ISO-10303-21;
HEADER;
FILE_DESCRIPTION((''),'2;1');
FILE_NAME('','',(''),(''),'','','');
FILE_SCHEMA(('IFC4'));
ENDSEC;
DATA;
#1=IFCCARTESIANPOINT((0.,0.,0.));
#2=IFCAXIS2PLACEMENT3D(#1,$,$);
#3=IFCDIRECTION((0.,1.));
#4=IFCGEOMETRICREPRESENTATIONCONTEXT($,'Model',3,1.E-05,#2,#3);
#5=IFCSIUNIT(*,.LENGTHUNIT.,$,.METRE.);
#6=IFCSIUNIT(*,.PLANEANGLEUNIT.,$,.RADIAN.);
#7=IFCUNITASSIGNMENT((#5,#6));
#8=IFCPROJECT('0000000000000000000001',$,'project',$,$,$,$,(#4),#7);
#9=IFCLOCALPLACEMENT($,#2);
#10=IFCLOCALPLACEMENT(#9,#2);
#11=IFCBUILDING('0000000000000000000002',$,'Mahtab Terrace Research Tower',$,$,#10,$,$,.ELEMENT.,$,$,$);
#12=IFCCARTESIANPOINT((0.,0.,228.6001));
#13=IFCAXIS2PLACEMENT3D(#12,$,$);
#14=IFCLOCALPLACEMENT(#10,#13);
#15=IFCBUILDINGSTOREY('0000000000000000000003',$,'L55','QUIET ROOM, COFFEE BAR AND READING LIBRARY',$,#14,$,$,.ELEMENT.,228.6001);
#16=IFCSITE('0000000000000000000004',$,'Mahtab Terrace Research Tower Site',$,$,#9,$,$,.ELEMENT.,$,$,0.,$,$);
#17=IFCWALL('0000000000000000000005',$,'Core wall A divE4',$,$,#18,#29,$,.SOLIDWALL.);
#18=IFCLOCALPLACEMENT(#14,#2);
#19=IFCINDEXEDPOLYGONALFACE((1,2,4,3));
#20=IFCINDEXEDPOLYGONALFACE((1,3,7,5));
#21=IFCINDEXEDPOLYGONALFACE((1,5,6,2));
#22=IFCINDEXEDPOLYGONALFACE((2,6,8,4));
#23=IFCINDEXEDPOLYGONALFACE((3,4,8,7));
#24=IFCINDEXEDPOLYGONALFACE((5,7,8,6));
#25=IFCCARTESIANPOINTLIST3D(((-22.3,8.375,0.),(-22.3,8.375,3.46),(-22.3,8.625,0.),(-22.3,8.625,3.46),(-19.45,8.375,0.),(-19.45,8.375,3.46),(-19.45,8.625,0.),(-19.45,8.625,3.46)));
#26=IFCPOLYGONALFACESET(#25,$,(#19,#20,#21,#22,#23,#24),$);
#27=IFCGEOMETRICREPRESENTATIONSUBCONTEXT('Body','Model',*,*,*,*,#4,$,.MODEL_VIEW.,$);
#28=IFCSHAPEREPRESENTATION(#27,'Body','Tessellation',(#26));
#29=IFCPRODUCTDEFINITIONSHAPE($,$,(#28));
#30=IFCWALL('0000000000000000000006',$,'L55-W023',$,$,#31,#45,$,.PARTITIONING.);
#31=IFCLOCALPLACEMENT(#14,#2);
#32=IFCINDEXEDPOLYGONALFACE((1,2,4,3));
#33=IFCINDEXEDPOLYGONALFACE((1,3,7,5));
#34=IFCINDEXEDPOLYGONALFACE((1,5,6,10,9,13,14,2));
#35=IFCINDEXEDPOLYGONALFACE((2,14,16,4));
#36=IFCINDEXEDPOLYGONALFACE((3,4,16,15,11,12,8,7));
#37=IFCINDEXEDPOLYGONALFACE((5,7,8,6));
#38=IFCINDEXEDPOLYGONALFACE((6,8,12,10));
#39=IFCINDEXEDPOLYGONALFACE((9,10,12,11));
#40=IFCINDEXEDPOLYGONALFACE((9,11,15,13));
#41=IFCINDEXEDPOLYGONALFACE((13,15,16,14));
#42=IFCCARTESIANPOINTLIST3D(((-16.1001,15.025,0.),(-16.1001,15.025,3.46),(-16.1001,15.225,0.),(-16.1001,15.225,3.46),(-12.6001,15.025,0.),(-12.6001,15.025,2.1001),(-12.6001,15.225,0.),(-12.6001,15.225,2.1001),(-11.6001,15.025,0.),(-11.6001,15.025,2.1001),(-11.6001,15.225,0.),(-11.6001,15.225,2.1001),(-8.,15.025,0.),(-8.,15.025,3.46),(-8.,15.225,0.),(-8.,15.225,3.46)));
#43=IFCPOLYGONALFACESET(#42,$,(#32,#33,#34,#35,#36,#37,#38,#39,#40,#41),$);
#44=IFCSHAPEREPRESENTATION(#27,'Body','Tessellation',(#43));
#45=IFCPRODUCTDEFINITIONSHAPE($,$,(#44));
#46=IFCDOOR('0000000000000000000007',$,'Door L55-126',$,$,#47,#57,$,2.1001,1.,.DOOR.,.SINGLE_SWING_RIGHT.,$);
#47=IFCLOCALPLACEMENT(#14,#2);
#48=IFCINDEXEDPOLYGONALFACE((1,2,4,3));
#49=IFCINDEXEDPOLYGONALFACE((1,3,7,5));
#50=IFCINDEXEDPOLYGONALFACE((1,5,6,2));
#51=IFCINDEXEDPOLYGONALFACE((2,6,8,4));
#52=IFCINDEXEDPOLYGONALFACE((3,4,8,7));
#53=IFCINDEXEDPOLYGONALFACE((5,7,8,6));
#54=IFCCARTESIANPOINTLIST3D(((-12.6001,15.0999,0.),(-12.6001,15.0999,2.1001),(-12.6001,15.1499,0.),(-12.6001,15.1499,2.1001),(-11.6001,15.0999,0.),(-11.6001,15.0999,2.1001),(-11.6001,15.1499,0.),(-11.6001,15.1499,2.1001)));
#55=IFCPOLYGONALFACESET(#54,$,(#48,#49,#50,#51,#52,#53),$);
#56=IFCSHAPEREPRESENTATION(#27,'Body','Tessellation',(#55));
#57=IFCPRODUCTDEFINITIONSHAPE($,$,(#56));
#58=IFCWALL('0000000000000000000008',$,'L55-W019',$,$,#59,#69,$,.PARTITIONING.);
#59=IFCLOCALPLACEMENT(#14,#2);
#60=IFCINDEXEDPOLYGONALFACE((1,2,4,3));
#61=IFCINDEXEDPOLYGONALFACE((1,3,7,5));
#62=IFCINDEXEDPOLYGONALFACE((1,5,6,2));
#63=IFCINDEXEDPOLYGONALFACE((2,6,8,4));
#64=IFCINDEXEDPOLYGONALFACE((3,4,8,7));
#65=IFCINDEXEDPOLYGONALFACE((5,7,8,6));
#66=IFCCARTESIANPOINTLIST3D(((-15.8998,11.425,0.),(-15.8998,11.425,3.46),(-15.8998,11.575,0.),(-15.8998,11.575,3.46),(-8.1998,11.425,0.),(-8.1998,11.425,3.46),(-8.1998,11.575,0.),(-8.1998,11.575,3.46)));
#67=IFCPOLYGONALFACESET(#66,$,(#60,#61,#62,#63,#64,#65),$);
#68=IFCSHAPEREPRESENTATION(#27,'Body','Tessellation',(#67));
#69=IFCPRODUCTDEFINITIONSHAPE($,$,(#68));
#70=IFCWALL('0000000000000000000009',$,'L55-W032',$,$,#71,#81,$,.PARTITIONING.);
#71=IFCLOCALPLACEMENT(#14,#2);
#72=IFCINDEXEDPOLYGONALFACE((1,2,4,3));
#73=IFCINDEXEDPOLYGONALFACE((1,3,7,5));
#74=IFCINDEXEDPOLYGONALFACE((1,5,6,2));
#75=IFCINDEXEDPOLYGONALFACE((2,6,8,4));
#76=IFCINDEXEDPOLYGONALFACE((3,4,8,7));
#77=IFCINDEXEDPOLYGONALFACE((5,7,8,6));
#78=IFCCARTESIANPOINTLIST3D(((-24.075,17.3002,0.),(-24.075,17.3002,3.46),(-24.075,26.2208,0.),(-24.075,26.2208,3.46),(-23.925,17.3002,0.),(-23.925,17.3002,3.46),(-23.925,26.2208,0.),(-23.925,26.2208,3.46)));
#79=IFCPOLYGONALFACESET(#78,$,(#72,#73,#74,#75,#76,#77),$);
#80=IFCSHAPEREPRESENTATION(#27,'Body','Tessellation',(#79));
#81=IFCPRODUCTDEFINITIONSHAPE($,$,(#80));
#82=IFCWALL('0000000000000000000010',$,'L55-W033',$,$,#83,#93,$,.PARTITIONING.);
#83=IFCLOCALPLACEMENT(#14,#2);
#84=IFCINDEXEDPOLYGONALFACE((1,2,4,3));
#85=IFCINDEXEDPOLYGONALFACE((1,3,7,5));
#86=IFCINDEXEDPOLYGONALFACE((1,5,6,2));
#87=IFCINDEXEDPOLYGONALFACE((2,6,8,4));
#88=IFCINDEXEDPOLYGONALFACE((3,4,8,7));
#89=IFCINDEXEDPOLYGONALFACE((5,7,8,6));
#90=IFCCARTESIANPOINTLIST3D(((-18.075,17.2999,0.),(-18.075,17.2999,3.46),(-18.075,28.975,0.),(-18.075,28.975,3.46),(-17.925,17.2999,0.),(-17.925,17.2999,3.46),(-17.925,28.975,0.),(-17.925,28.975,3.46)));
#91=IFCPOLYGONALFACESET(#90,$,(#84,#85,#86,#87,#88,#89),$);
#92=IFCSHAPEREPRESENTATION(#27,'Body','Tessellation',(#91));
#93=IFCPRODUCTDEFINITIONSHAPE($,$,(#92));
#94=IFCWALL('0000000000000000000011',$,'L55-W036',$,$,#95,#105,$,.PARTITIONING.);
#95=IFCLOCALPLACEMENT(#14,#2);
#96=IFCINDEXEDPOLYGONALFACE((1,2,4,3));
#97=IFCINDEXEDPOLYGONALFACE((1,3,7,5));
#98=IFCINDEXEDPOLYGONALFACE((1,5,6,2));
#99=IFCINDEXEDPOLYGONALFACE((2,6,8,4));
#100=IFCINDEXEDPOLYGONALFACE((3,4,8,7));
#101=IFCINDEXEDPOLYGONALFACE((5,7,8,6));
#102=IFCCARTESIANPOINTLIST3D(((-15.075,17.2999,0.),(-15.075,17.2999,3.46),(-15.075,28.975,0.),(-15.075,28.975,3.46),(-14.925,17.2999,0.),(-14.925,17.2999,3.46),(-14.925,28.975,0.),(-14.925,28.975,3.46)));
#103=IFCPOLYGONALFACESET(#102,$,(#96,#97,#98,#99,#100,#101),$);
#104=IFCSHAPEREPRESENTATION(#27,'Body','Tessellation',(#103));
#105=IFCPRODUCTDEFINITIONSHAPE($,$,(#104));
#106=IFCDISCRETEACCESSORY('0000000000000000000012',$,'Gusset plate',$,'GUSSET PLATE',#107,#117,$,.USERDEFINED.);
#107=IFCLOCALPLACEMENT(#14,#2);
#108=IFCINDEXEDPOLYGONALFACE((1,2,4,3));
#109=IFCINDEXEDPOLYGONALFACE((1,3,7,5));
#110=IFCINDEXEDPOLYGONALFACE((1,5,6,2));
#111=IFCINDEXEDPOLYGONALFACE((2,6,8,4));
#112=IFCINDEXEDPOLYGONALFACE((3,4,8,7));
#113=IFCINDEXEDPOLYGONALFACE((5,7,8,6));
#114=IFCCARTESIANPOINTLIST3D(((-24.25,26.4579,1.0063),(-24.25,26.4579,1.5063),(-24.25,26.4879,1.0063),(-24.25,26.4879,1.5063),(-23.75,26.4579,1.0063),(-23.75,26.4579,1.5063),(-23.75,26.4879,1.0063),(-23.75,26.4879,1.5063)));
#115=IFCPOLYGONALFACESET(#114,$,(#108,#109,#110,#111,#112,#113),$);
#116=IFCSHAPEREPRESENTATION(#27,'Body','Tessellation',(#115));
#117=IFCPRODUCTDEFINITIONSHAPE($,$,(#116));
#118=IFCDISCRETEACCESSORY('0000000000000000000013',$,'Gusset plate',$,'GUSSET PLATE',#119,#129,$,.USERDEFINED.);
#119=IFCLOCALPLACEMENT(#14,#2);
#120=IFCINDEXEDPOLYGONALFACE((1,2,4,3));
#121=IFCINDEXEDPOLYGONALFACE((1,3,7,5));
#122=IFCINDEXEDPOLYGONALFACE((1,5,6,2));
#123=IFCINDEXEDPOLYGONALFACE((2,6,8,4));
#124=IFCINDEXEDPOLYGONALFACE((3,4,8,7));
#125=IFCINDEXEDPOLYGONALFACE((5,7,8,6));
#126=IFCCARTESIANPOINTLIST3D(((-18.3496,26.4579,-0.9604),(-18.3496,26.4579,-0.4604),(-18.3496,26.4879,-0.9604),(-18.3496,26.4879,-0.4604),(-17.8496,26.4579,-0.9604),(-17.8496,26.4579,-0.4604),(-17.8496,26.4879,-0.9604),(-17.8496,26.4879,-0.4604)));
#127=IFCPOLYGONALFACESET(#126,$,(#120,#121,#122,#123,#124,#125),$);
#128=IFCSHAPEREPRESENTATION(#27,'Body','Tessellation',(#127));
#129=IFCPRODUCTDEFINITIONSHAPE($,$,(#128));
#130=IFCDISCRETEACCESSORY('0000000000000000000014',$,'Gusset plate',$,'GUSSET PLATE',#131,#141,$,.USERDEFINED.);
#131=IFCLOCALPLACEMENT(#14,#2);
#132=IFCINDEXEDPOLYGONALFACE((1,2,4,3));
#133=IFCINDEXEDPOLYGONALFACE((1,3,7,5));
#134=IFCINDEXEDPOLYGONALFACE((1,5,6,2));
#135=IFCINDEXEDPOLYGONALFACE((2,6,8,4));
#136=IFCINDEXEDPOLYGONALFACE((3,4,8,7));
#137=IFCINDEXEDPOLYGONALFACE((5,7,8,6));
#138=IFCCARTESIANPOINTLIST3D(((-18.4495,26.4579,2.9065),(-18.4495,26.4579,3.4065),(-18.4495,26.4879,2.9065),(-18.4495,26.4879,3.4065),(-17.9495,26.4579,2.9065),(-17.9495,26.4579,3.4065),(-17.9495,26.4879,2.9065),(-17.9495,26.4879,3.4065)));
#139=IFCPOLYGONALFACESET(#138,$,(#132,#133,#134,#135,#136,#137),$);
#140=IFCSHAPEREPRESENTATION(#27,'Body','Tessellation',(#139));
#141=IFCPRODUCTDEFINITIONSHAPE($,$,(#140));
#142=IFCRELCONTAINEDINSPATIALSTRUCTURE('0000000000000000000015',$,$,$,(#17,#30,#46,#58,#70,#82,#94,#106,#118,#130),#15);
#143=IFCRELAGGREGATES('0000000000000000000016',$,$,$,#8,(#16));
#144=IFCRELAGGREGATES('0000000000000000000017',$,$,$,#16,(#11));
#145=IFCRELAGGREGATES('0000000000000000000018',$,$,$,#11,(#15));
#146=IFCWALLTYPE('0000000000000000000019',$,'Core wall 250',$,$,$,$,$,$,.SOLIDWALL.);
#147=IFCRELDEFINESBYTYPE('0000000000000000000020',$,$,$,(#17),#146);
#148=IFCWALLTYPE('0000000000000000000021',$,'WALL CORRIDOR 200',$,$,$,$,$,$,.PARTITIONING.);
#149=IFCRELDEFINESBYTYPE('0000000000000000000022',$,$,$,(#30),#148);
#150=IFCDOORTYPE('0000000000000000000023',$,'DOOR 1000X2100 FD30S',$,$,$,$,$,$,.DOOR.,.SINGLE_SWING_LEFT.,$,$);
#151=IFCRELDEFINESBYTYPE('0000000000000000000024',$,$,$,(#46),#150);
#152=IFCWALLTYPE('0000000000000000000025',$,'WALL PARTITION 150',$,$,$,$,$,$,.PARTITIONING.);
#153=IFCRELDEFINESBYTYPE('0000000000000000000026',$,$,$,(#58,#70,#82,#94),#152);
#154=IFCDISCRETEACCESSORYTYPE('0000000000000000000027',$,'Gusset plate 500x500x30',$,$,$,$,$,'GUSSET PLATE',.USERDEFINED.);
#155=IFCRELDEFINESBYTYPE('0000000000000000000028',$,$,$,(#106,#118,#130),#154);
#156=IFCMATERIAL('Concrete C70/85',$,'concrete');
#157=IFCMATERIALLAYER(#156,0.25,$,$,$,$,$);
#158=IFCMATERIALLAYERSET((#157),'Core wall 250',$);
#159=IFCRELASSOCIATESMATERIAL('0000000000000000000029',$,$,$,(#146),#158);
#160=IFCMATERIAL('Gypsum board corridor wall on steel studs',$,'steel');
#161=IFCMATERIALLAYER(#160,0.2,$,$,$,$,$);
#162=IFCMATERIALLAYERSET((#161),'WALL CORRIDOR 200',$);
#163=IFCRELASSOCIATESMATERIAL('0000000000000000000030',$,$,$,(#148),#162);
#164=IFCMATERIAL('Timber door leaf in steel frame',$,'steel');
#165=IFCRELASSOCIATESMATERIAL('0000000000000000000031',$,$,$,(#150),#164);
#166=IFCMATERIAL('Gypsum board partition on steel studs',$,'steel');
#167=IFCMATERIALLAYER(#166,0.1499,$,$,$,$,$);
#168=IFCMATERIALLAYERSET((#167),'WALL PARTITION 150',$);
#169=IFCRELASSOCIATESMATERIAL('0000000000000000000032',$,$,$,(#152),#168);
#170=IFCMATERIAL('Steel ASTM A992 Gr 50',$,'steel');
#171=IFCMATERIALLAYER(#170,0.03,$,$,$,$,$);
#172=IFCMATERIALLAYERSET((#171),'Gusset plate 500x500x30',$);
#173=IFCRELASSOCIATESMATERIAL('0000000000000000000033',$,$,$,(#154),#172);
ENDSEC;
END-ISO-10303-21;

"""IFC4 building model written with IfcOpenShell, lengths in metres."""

from ifc_helpers import new_model, si_unit, direction, frame, frame_2d, origin, origin_2d, place, context, subcontext, project, spatial, rectangle, extrude, material, layer, layer_set, type_object, element, fill, save


model = new_model("IFC4")

# Units and contexts
model_context = context("Model", 3, precision=1e-05, world=origin(), true_north=direction((0.0, 1.0)))
body_context = subcontext(model_context, "Body", "Model", "MODEL_VIEW")
ifc_project = project(units=[si_unit("LENGTHUNIT", "METRE"), si_unit("PLANEANGLEUNIT", "RADIAN")], contexts=[model_context])

# Site, building, storey
site_placement = place(None, origin())
site = spatial("IfcSite", under=ifc_project, at=site_placement, Name="Mahtab Terrace Research Tower Site", CompositionType="ELEMENT", RefElevation=0.0)
building_placement = place(site_placement, origin())
building = spatial("IfcBuilding", under=site, at=building_placement, Name="Mahtab Terrace Research Tower", CompositionType="ELEMENT")
storey_placement = place(building_placement, frame((0.0, 0.0, 228.6001)))
storey = spatial("IfcBuildingStorey", under=building, at=storey_placement, Name="L55", Description="QUIET ROOM, COFFEE BAR AND READING LIBRARY", CompositionType="ELEMENT", Elevation=228.6001)

# Shared definitions
ifc_material_1 = material(Name="Concrete C70/85", Category="concrete")
ifc_material_2 = material(Name="Steel ASTM A992 Gr 50", Category="steel")

# Shared definitions
ifc_layer_1 = layer(ifc_material_1, 0.25)
ifc_layer_set_1 = layer_set([ifc_layer_1], Name="Core wall 250")
wall_type_1 = type_object("IfcWallType", Name="Core wall 250", PredefinedType="SOLIDWALL", material=ifc_layer_set_1)

# Wall
wall_1_placement = place(storey_placement, frame((-22.3, 8.5, 0.0), z_axis=(0.0, 0.0, 1.0), x_axis=(1.0, 0.0, 0.0)))
element("IfcWall", 1, at=wall_1_placement, inside=storey, type_object=wall_type_1, Name="Core wall A divE4", PredefinedType="SOLIDWALL", context=body_context, shape_type="SweptSolid", body=[
    extrude(rectangle(XDim=2.8501, YDim=0.25, at=frame_2d((1.425, 0.0))), origin(), (0.0, 0.0, 1.0), 3.46),
])

# Wall, opening, door
ifc_material_3 = material(Name="Gypsum board corridor wall on steel studs", Category="steel")
ifc_layer_2 = layer(ifc_material_3, 0.2)
ifc_layer_set_2 = layer_set([ifc_layer_2], Name="WALL CORRIDOR 200")
wall_type_2 = type_object("IfcWallType", Name="WALL CORRIDOR 200", PredefinedType="PARTITIONING", material=ifc_layer_set_2)
wall_2_placement = place(storey_placement, frame((-16.1001, 15.125, 0.0), z_axis=(0.0, 0.0, 1.0), x_axis=(1.0, 0.0, 0.0)))
wall_2 = element("IfcWall", 2, at=wall_2_placement, inside=storey, type_object=wall_type_2, Name="L55-W023", PredefinedType="PARTITIONING", context=body_context, shape_type="SweptSolid", body=[
    extrude(rectangle(XDim=8.1001, YDim=0.2, at=frame_2d((4.05, 0.0))), origin(), (0.0, 0.0, 1.0), 3.46),
])
opening_1_placement = place(wall_2_placement, frame((3.5, 0.0, 0.0)))
opening_1 = element("IfcOpeningElement", 3, at=opening_1_placement, cuts=wall_2, PredefinedType="OPENING", context=body_context, shape_type="SweptSolid", body=[
    extrude(rectangle(XDim=1.0, YDim=2.1001, at=frame_2d((0.5, 1.05))), frame((0.0, 0.1099, 0.0), z_axis=(0.0, -1.0, 0.0), x_axis=(1.0, 0.0, 0.0)), (0.0, 0.0, 1.0), 0.22),
])
ifc_material_4 = material(Name="Timber door leaf in steel frame", Category="steel")
door_type_1 = type_object("IfcDoorType", Name="DOOR 1000X2100 FD30S", OperationType="SINGLE_SWING_LEFT", PredefinedType="DOOR", material=ifc_material_4)
door_1_placement = place(opening_1_placement, origin())
door_1 = element("IfcDoor", 4, at=door_1_placement, inside=storey, type_object=door_type_1, Name="Door L55-126", OperationType="SINGLE_SWING_RIGHT", OverallHeight=2.1001, OverallWidth=1.0, PredefinedType="DOOR", context=body_context, shape_type="SweptSolid", body=[
    extrude(rectangle(XDim=1.0, YDim=2.1001, at=frame_2d((0.5, 1.05))), frame((0.0, 0.0249, 0.0), z_axis=(0.0, -1.0, 0.0), x_axis=(1.0, 0.0, 0.0)), (0.0, 0.0, 1.0), 0.05),
])
fill(opening_1, door_1)

# Walls
ifc_material_5 = material(Name="Gypsum board partition on steel studs", Category="steel")
ifc_layer_3 = layer(ifc_material_5, 0.1499)
ifc_layer_set_3 = layer_set([ifc_layer_3], Name="WALL PARTITION 150")
wall_type_3 = type_object("IfcWallType", Name="WALL PARTITION 150", PredefinedType="PARTITIONING", material=ifc_layer_set_3)
wall_3_placement = place(storey_placement, frame((-15.8999, 11.5, 0.0), z_axis=(0.0, 0.0, 1.0), x_axis=(1.0, 0.0, 0.0)))
element("IfcWall", 5, at=wall_3_placement, inside=storey, type_object=wall_type_3, Name="L55-W019", PredefinedType="PARTITIONING", context=body_context, shape_type="SweptSolid", body=[
    extrude(rectangle(XDim=7.7, YDim=0.1499, at=frame_2d((3.8501, 0.0))), origin(), (0.0, 0.0, 1.0), 3.46),
])
wall_4_placement = place(storey_placement, frame((-24.0, 17.3, 0.0), z_axis=(0.0, 0.0, 1.0), x_axis=(0.0, 1.0, 0.0)))
element("IfcWall", 6, at=wall_4_placement, inside=storey, type_object=wall_type_3, Name="L55-W032", PredefinedType="PARTITIONING", context=body_context, shape_type="SweptSolid", body=[
    extrude(rectangle(XDim=8.9207, YDim=0.1499, at=frame_2d((4.4604, 0.0))), origin(), (0.0, 0.0, 1.0), 3.46),
])
for number, where, z_axis, x_axis, name in (
    (7, (-18.0, 17.3, 0.0), (0.0, 0.0, 1.0), (0.0, 1.0, 0.0), "L55-W033"),
    (8, (-15.0, 17.3, 0.0), (0.0, 0.0, 1.0), (0.0, 1.0, 0.0), "L55-W036"),
):
    element("IfcWall", number, at=place(storey_placement, frame(where, z_axis=z_axis, x_axis=x_axis)), inside=storey, type_object=wall_type_3, Name=name, PredefinedType="PARTITIONING", context=body_context, shape_type="SweptSolid", body=[
        extrude(rectangle(XDim=11.675, YDim=0.1499, at=frame_2d((5.8374, 0.0))), origin(), (0.0, 0.0, 1.0), 3.46),
    ])

# Discrete accessories
ifc_layer_4 = layer(ifc_material_2, 0.03)
ifc_layer_set_4 = layer_set([ifc_layer_4], Name="Gusset plate 500x500x30")
discrete_accessory_type = type_object("IfcDiscreteAccessoryType", Name="Gusset plate 500x500x30", ElementType="GUSSET PLATE", PredefinedType="USERDEFINED", material=ifc_layer_set_4)
for number, where, z_axis, x_axis, name in (
    (9, (-24.0, 26.4729, 1.0063), (0.0, 0.0, 1.0), (1.0, 0.0, 0.0), "Gusset plate"),
    (10, (-18.0996, 26.4729, -0.9604), (0.0, 0.0, 1.0), (1.0, 0.0, 0.0), "Gusset plate"),
    (11, (-18.1995, 26.4729, 2.9065), (0.0, 0.0, 1.0), (1.0, 0.0, 0.0), "Gusset plate"),
):
    element("IfcDiscreteAccessory", number, at=place(storey_placement, frame(where, z_axis=z_axis, x_axis=x_axis)), inside=storey, type_object=discrete_accessory_type, Name=name, ObjectType="GUSSET PLATE", PredefinedType="USERDEFINED", context=body_context, shape_type="SweptSolid", body=[
        extrude(rectangle(XDim=0.5, YDim=0.03, at=origin_2d()), origin(), (0.0, 0.0, 1.0), 0.5),
    ])

save(model, "model.ifc")
